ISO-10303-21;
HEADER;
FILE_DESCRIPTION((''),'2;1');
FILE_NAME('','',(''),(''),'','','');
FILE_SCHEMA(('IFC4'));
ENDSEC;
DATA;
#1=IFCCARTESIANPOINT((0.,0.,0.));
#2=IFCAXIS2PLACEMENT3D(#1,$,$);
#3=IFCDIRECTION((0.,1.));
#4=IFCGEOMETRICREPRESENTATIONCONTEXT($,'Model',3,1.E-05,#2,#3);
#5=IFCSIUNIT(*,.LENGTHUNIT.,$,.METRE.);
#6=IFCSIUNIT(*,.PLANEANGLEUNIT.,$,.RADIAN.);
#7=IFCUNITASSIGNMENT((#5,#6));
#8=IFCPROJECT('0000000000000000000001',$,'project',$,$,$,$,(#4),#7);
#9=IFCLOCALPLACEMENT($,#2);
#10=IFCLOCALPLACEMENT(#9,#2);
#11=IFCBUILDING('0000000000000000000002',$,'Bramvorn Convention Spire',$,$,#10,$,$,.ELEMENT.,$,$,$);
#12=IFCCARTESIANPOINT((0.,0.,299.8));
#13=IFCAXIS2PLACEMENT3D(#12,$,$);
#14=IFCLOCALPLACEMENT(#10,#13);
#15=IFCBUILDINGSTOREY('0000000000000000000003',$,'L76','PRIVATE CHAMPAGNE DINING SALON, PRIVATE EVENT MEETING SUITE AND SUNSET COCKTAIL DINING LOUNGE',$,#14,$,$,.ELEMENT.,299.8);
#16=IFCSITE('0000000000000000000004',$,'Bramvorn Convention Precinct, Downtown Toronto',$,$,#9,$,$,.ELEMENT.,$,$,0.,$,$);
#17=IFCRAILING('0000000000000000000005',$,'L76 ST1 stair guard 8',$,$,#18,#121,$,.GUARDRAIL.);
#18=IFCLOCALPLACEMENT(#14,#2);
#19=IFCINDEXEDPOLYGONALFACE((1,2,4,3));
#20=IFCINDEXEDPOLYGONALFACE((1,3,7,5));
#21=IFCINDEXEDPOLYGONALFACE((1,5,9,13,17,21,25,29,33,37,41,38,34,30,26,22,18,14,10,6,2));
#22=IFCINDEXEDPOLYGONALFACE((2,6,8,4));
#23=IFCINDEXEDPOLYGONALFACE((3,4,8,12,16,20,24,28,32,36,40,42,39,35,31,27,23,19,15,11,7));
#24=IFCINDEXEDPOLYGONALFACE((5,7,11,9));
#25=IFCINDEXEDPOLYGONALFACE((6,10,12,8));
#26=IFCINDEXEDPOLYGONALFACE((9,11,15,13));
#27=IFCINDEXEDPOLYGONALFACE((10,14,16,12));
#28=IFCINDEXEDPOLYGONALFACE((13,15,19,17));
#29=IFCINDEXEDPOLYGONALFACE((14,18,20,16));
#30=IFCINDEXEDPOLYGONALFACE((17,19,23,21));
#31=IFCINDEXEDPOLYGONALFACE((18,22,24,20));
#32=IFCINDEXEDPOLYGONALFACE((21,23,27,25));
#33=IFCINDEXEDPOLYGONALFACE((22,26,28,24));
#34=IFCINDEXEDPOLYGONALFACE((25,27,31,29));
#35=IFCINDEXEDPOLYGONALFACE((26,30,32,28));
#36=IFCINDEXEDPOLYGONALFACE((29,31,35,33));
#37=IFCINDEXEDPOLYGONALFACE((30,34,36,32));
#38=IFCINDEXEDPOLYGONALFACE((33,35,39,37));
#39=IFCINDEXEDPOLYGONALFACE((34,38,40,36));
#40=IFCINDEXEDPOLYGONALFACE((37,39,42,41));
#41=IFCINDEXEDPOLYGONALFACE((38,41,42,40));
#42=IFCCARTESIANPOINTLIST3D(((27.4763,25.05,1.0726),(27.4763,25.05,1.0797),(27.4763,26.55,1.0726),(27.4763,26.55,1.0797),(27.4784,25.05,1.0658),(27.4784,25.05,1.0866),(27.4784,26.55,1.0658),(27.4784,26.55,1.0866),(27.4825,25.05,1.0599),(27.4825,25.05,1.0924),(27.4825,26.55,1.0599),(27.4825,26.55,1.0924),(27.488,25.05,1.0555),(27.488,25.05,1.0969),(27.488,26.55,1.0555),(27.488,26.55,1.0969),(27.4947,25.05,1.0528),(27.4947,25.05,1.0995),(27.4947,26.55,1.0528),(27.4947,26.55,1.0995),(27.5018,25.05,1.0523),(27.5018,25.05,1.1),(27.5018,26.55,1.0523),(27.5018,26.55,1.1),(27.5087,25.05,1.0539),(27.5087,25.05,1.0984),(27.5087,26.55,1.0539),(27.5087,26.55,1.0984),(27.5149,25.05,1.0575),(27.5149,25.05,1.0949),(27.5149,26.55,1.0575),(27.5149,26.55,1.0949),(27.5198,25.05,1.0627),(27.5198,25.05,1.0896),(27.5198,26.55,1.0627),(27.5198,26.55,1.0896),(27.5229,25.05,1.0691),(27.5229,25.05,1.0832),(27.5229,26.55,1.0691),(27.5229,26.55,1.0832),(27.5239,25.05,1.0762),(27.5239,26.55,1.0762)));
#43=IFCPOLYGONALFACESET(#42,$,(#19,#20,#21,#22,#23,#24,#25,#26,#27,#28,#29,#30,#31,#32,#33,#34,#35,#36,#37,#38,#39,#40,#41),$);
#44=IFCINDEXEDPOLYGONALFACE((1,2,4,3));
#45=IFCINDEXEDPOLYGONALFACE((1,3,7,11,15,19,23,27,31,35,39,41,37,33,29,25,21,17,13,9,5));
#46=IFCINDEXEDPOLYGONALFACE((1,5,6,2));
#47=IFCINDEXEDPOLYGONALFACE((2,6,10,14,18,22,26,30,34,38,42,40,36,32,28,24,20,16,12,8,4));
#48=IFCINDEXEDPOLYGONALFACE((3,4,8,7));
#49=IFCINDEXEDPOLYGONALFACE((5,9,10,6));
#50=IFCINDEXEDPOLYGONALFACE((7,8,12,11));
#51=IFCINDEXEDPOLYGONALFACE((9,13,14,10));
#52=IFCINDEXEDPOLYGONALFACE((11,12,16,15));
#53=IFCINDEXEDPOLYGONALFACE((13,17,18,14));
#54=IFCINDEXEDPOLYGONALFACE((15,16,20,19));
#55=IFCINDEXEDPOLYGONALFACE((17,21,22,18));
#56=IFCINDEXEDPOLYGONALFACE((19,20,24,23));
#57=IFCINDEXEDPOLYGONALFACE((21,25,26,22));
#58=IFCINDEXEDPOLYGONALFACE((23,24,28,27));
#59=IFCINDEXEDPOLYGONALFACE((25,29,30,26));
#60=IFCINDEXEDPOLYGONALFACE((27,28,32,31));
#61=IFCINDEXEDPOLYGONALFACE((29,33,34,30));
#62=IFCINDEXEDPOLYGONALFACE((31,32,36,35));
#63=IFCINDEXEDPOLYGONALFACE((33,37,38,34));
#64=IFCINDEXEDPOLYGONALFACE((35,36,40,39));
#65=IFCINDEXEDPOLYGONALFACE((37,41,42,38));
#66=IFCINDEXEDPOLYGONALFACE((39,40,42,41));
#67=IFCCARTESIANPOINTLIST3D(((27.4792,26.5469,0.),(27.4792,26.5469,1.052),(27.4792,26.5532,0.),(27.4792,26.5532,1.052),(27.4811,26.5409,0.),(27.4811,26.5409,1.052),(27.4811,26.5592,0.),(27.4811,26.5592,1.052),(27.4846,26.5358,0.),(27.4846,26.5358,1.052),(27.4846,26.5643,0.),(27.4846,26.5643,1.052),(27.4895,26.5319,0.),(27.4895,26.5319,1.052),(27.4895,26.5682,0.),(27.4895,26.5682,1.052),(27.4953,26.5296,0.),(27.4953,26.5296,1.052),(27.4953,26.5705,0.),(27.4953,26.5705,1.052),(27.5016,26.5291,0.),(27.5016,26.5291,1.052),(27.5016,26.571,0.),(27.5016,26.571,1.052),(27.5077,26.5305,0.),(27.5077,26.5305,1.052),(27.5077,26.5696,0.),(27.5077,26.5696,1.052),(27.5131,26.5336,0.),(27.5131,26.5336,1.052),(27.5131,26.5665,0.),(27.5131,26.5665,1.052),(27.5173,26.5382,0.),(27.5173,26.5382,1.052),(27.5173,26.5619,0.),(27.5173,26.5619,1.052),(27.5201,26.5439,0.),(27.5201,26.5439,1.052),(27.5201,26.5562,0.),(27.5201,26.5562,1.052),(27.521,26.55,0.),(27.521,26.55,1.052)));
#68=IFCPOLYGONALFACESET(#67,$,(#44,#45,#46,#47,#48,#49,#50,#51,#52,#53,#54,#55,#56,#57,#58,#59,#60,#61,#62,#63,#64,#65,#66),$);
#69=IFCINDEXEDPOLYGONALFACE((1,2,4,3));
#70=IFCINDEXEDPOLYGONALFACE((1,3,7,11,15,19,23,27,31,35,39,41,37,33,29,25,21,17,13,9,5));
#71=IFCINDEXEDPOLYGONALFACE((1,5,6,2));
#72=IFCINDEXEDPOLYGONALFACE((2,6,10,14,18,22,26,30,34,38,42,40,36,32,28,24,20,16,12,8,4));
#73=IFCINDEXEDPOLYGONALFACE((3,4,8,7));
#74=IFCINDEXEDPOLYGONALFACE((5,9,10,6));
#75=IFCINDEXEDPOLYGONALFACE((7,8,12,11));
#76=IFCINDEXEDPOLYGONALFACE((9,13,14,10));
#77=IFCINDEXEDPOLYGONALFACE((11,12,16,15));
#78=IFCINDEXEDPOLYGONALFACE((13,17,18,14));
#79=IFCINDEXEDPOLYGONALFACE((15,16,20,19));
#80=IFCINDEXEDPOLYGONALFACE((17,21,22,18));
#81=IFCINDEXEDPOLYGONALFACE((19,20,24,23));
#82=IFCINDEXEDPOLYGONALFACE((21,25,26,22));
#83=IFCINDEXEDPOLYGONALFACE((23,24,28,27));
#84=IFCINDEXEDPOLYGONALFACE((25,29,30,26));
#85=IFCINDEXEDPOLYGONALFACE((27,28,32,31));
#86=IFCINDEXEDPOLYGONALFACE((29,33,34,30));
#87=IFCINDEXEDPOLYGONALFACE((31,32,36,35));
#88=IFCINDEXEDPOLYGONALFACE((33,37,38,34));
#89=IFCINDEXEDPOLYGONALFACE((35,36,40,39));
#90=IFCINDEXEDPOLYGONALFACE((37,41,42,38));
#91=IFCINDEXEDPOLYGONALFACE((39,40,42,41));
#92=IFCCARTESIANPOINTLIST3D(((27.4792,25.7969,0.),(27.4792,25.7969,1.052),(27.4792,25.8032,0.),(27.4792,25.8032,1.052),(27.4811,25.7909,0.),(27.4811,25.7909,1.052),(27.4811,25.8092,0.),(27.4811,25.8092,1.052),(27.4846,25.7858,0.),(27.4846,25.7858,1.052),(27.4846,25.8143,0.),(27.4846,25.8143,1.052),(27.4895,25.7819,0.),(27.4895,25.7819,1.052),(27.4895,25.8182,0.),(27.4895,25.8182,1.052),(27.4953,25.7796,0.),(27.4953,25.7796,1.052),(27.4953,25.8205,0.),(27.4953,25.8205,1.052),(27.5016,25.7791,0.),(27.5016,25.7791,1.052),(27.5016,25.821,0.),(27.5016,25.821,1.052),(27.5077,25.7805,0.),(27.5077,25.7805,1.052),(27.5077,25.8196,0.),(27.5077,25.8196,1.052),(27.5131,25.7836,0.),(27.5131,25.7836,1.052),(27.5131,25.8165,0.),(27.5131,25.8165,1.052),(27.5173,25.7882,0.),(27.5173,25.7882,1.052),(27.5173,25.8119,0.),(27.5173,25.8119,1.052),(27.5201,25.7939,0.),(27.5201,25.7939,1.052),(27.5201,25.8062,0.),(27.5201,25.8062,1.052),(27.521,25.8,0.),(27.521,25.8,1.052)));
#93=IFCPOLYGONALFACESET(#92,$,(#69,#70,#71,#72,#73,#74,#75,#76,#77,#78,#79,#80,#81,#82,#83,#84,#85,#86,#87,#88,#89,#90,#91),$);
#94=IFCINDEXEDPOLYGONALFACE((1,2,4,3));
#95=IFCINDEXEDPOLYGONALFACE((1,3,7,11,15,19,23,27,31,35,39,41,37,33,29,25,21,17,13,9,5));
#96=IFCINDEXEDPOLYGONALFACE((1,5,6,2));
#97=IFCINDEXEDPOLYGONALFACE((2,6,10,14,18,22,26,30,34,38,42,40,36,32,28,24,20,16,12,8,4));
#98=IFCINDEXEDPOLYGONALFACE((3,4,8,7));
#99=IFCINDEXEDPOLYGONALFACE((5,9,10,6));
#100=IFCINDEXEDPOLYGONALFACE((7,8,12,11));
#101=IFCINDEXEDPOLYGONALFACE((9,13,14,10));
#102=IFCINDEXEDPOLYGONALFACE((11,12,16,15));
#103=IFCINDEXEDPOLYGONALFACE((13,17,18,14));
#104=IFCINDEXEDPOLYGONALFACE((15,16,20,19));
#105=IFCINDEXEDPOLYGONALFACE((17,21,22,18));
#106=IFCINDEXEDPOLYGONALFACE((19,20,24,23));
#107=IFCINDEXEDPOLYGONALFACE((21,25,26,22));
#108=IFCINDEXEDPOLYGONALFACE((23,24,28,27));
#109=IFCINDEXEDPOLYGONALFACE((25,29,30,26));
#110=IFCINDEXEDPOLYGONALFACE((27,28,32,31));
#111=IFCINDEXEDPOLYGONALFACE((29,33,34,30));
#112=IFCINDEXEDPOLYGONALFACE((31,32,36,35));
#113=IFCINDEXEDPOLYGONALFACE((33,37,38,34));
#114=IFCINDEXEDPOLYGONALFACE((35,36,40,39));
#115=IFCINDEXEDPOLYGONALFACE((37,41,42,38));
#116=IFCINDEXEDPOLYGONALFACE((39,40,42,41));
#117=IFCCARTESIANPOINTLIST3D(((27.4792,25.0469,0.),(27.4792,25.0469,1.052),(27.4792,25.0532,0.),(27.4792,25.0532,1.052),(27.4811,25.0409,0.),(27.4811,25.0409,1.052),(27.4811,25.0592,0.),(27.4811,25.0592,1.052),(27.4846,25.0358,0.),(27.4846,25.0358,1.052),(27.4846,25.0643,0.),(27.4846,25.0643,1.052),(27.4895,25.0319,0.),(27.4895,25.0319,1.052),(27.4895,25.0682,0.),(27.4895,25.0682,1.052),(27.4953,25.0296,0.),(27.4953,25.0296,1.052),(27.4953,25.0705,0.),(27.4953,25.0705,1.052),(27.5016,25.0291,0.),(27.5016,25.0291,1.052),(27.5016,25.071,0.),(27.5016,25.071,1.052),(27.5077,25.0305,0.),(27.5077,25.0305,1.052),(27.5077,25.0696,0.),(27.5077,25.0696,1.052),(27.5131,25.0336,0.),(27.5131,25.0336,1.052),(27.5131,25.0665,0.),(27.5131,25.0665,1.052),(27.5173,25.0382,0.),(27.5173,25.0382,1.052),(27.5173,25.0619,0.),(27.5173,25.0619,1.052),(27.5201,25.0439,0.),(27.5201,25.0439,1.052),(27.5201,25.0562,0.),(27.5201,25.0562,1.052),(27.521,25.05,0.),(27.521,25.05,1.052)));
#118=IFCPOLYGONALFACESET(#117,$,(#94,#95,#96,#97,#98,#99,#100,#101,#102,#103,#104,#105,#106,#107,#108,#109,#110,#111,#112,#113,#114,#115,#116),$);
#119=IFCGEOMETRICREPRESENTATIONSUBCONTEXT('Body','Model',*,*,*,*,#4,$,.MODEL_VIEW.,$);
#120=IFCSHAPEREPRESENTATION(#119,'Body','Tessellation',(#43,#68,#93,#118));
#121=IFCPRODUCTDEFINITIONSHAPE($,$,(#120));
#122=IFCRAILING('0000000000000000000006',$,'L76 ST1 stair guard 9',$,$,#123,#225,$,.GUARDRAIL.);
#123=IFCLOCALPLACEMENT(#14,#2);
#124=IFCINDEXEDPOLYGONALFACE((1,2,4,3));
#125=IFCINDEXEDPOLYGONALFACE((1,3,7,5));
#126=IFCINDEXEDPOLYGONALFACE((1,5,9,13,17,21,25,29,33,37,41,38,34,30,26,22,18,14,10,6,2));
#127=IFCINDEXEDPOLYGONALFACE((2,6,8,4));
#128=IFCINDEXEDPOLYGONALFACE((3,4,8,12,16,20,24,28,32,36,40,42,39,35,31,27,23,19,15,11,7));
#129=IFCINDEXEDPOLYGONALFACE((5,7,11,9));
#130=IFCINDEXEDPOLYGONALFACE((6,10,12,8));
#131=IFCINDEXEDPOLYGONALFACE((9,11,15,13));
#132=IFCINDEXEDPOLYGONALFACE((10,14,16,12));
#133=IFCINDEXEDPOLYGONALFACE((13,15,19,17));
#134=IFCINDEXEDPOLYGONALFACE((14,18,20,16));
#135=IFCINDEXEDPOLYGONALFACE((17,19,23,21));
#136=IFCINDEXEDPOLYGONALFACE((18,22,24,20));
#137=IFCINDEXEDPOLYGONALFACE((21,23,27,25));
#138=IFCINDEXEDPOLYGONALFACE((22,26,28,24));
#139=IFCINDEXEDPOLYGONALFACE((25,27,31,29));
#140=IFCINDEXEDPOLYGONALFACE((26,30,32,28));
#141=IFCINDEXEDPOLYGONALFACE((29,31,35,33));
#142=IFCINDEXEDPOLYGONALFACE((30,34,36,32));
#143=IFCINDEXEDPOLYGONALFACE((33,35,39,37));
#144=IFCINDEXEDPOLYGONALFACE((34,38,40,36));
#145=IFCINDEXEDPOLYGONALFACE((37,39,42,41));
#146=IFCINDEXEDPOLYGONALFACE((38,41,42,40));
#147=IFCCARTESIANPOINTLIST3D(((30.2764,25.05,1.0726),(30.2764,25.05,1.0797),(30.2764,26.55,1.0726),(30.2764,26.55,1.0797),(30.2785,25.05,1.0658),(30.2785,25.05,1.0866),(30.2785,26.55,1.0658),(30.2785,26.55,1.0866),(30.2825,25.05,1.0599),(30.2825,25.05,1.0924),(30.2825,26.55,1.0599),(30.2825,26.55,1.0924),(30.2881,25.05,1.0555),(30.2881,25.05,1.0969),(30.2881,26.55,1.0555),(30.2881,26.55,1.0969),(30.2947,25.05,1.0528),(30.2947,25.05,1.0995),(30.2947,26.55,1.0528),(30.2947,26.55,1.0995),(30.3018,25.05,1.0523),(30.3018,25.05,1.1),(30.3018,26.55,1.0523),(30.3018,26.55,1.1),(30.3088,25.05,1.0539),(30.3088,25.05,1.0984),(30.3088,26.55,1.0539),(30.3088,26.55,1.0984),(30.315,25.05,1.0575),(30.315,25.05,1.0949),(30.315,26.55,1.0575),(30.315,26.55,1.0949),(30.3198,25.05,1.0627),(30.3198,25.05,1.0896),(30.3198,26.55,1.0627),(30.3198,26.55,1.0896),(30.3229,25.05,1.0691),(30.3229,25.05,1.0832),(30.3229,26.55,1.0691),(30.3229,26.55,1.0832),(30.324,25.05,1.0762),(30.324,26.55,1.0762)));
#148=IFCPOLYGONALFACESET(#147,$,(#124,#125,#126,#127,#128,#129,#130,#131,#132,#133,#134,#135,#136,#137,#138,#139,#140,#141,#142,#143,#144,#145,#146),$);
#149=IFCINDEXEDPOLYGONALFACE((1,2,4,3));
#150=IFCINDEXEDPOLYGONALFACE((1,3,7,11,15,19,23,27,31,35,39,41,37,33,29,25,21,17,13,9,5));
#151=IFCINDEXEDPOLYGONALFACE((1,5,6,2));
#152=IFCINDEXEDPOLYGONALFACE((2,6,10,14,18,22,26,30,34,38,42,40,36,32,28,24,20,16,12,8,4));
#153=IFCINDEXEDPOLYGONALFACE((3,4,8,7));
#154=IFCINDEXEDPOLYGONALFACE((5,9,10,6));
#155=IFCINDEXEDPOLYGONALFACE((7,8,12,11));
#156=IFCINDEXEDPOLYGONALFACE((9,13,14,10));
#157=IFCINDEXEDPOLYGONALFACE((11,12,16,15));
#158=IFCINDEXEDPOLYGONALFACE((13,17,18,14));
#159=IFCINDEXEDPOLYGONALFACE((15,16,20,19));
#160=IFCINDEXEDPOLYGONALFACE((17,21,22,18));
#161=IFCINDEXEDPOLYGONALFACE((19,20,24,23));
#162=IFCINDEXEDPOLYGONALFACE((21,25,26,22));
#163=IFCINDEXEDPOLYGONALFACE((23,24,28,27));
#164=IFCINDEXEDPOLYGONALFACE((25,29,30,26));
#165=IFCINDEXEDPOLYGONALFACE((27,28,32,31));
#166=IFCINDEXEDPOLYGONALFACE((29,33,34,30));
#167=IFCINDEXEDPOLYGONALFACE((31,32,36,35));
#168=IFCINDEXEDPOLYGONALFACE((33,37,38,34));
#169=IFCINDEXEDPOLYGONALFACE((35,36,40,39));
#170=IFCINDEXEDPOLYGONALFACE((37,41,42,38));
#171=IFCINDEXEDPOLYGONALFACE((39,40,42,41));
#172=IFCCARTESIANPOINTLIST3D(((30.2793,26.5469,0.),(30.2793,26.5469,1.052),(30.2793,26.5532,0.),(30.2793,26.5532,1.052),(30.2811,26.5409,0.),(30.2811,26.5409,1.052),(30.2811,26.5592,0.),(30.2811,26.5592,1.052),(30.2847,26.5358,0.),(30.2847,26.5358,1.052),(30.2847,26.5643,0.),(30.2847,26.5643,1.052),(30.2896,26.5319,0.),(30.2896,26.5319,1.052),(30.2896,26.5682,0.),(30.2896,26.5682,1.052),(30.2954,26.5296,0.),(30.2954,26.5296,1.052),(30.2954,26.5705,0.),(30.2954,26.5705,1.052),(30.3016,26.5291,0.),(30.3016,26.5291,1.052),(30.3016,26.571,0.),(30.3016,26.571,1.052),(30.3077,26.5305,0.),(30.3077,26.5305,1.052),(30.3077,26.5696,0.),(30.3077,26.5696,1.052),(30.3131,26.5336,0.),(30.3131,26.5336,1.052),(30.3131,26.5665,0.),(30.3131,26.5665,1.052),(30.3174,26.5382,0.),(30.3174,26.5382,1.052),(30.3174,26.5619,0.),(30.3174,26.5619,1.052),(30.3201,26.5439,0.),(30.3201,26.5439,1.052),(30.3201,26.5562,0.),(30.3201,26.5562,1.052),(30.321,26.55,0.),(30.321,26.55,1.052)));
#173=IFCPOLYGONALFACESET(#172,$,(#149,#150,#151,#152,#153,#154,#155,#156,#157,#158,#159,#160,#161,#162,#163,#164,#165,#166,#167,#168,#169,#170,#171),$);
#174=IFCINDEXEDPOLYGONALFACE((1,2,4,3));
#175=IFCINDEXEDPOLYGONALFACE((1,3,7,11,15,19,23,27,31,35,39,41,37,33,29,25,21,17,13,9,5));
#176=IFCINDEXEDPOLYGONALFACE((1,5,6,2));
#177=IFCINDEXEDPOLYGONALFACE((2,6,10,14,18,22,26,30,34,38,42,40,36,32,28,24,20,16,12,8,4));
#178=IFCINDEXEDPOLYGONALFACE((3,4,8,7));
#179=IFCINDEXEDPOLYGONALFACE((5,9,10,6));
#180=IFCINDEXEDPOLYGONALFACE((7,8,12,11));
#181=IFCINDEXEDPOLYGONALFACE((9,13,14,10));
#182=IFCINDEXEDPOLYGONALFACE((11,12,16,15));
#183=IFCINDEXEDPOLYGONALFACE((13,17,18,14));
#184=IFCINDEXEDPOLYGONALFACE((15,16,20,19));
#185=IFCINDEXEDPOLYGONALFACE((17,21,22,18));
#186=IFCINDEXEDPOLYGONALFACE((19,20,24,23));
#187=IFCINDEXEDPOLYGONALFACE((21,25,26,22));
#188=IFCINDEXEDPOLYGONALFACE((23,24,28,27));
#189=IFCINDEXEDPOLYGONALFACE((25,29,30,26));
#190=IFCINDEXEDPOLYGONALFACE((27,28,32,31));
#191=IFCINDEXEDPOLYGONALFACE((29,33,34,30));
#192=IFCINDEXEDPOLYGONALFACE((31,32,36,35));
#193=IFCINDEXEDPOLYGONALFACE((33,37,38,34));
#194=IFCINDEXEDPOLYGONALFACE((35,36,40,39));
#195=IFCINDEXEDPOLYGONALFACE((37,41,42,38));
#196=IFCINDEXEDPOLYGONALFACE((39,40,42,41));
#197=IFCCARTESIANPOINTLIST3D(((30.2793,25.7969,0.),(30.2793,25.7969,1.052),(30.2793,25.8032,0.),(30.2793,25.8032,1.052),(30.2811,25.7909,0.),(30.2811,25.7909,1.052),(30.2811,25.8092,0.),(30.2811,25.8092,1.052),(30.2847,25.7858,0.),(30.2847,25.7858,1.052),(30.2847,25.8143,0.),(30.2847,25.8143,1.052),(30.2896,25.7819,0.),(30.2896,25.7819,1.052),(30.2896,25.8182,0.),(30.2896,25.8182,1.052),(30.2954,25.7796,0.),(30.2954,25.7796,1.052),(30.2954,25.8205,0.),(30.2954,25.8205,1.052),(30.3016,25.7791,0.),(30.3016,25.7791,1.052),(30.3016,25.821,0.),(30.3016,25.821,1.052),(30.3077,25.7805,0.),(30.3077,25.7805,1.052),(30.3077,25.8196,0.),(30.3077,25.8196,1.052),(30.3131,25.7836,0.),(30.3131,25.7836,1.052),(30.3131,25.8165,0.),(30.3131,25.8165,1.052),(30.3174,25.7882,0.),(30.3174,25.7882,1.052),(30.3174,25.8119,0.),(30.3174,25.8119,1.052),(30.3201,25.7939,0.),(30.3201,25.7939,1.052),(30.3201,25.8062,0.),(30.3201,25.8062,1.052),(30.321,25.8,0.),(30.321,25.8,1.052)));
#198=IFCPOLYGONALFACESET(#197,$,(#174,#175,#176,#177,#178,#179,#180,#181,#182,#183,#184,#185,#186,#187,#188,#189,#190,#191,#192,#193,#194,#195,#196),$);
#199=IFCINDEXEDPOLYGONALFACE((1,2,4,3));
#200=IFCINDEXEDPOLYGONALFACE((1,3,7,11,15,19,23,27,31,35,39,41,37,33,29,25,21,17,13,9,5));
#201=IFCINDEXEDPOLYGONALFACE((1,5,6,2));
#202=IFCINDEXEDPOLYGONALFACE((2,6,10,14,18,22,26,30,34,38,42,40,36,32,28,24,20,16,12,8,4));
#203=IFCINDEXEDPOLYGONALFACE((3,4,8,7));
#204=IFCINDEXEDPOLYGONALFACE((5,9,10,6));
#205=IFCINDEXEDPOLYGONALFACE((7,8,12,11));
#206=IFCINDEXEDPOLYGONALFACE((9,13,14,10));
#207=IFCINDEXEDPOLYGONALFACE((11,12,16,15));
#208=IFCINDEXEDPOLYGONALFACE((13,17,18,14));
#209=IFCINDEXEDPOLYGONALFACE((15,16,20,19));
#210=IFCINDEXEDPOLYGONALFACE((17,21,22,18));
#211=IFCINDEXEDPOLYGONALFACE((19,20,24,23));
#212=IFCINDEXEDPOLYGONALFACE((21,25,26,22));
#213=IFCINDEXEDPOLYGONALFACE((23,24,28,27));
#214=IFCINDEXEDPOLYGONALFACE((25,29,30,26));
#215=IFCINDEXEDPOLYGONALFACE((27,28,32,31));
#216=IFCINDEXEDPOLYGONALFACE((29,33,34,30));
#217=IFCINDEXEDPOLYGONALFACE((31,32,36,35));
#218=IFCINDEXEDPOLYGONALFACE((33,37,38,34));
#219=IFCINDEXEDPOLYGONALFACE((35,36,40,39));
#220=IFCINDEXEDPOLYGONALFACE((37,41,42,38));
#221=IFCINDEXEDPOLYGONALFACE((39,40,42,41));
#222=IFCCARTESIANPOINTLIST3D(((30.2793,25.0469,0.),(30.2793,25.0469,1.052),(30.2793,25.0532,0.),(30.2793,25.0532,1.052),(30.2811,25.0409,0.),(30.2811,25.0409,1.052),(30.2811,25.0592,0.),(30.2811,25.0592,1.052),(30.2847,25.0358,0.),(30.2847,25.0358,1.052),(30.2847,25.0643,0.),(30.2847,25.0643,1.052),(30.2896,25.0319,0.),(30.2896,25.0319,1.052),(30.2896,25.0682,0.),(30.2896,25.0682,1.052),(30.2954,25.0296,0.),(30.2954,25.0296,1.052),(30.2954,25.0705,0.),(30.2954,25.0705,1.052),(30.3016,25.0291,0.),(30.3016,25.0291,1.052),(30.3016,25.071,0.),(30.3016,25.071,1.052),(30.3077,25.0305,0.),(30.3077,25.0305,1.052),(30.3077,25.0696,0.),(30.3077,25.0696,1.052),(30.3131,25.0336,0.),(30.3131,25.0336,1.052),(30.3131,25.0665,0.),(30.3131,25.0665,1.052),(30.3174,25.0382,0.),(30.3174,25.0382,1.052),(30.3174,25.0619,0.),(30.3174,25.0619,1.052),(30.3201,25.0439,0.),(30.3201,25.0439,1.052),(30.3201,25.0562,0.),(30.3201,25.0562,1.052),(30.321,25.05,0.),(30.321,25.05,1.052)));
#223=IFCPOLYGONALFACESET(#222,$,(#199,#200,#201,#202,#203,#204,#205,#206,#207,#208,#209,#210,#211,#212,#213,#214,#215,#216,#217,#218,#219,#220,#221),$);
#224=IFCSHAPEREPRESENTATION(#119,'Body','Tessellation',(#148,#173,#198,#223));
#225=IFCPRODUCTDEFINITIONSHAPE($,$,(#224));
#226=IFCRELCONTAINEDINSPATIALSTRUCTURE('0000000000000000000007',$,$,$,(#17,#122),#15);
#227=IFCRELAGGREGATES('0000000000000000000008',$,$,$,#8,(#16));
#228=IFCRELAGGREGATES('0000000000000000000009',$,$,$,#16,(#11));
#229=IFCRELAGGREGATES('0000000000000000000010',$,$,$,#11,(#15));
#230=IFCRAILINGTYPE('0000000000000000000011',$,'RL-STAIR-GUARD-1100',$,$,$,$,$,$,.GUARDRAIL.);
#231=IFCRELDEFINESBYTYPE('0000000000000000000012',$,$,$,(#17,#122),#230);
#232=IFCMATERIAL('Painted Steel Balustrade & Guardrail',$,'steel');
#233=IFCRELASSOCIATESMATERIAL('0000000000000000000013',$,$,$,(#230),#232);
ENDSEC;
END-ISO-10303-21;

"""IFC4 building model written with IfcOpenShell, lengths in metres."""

from ifc_helpers import new_model, si_unit, direction, frame, origin, origin_2d, place, context, subcontext, project, spatial, circle, extrude, material, type_object, element, save


model = new_model("IFC4")

# Units and contexts
model_context = context("Model", 3, precision=1e-05, world=origin(), true_north=direction((0.0, 1.0)))
body_context = subcontext(model_context, "Body", "Model", "MODEL_VIEW")
ifc_project = project(units=[si_unit("LENGTHUNIT", "METRE"), si_unit("PLANEANGLEUNIT", "RADIAN")], contexts=[model_context])

# Site, building, storey
site_placement = place(None, origin())
site = spatial("IfcSite", under=ifc_project, at=site_placement, Name="Bramvorn Convention Precinct, Downtown Toronto", CompositionType="ELEMENT", RefElevation=0.0)
building_placement = place(site_placement, origin())
building = spatial("IfcBuilding", under=site, at=building_placement, Name="Bramvorn Convention Spire", CompositionType="ELEMENT")
storey_placement = place(building_placement, frame((0.0, 0.0, 299.8)))
storey = spatial("IfcBuildingStorey", under=building, at=storey_placement, Name="L76", Description="PRIVATE CHAMPAGNE DINING SALON, PRIVATE EVENT MEETING SUITE AND SUNSET COCKTAIL DINING LOUNGE", CompositionType="ELEMENT", Elevation=299.8)

# Railings
ifc_material_1 = material(Name="Painted Steel Balustrade & Guardrail", Category="steel")
railing_type = type_object("IfcRailingType", Name="RL-STAIR-GUARD-1100", PredefinedType="GUARDRAIL", material=ifc_material_1)
for number, where, name in (
    (1, (27.5, 26.55, 0.0), "L76 ST1 stair guard 8"),
    (2, (30.3, 26.55, 0.0), "L76 ST1 stair guard 9"),
):
    element("IfcRailing", number, at=place(storey_placement, frame(where)), inside=storey, type_object=railing_type, Name=name, PredefinedType="GUARDRAIL", context=body_context, shape_type="SweptSolid", body=[
        extrude(circle(Radius=0.0239, at=origin_2d()), frame((0.0, 0.0, 1.0762), z_axis=(0.0, -1.0, 0.0), x_axis=(1.0, 0.0, 0.0)), (0.0, 0.0, 1.0), 1.5),
        extrude(circle(Radius=0.021, at=origin_2d()), origin(), (0.0, 0.0, 1.0), 1.052),
        extrude(circle(Radius=0.021, at=origin_2d()), frame((0.0, -0.75, 0.0)), (0.0, 0.0, 1.0), 1.052),
        extrude(circle(Radius=0.021, at=origin_2d()), frame((0.0, -1.5, 0.0)), (0.0, 0.0, 1.0), 1.052),
    ])

save(model, "model.ifc")
